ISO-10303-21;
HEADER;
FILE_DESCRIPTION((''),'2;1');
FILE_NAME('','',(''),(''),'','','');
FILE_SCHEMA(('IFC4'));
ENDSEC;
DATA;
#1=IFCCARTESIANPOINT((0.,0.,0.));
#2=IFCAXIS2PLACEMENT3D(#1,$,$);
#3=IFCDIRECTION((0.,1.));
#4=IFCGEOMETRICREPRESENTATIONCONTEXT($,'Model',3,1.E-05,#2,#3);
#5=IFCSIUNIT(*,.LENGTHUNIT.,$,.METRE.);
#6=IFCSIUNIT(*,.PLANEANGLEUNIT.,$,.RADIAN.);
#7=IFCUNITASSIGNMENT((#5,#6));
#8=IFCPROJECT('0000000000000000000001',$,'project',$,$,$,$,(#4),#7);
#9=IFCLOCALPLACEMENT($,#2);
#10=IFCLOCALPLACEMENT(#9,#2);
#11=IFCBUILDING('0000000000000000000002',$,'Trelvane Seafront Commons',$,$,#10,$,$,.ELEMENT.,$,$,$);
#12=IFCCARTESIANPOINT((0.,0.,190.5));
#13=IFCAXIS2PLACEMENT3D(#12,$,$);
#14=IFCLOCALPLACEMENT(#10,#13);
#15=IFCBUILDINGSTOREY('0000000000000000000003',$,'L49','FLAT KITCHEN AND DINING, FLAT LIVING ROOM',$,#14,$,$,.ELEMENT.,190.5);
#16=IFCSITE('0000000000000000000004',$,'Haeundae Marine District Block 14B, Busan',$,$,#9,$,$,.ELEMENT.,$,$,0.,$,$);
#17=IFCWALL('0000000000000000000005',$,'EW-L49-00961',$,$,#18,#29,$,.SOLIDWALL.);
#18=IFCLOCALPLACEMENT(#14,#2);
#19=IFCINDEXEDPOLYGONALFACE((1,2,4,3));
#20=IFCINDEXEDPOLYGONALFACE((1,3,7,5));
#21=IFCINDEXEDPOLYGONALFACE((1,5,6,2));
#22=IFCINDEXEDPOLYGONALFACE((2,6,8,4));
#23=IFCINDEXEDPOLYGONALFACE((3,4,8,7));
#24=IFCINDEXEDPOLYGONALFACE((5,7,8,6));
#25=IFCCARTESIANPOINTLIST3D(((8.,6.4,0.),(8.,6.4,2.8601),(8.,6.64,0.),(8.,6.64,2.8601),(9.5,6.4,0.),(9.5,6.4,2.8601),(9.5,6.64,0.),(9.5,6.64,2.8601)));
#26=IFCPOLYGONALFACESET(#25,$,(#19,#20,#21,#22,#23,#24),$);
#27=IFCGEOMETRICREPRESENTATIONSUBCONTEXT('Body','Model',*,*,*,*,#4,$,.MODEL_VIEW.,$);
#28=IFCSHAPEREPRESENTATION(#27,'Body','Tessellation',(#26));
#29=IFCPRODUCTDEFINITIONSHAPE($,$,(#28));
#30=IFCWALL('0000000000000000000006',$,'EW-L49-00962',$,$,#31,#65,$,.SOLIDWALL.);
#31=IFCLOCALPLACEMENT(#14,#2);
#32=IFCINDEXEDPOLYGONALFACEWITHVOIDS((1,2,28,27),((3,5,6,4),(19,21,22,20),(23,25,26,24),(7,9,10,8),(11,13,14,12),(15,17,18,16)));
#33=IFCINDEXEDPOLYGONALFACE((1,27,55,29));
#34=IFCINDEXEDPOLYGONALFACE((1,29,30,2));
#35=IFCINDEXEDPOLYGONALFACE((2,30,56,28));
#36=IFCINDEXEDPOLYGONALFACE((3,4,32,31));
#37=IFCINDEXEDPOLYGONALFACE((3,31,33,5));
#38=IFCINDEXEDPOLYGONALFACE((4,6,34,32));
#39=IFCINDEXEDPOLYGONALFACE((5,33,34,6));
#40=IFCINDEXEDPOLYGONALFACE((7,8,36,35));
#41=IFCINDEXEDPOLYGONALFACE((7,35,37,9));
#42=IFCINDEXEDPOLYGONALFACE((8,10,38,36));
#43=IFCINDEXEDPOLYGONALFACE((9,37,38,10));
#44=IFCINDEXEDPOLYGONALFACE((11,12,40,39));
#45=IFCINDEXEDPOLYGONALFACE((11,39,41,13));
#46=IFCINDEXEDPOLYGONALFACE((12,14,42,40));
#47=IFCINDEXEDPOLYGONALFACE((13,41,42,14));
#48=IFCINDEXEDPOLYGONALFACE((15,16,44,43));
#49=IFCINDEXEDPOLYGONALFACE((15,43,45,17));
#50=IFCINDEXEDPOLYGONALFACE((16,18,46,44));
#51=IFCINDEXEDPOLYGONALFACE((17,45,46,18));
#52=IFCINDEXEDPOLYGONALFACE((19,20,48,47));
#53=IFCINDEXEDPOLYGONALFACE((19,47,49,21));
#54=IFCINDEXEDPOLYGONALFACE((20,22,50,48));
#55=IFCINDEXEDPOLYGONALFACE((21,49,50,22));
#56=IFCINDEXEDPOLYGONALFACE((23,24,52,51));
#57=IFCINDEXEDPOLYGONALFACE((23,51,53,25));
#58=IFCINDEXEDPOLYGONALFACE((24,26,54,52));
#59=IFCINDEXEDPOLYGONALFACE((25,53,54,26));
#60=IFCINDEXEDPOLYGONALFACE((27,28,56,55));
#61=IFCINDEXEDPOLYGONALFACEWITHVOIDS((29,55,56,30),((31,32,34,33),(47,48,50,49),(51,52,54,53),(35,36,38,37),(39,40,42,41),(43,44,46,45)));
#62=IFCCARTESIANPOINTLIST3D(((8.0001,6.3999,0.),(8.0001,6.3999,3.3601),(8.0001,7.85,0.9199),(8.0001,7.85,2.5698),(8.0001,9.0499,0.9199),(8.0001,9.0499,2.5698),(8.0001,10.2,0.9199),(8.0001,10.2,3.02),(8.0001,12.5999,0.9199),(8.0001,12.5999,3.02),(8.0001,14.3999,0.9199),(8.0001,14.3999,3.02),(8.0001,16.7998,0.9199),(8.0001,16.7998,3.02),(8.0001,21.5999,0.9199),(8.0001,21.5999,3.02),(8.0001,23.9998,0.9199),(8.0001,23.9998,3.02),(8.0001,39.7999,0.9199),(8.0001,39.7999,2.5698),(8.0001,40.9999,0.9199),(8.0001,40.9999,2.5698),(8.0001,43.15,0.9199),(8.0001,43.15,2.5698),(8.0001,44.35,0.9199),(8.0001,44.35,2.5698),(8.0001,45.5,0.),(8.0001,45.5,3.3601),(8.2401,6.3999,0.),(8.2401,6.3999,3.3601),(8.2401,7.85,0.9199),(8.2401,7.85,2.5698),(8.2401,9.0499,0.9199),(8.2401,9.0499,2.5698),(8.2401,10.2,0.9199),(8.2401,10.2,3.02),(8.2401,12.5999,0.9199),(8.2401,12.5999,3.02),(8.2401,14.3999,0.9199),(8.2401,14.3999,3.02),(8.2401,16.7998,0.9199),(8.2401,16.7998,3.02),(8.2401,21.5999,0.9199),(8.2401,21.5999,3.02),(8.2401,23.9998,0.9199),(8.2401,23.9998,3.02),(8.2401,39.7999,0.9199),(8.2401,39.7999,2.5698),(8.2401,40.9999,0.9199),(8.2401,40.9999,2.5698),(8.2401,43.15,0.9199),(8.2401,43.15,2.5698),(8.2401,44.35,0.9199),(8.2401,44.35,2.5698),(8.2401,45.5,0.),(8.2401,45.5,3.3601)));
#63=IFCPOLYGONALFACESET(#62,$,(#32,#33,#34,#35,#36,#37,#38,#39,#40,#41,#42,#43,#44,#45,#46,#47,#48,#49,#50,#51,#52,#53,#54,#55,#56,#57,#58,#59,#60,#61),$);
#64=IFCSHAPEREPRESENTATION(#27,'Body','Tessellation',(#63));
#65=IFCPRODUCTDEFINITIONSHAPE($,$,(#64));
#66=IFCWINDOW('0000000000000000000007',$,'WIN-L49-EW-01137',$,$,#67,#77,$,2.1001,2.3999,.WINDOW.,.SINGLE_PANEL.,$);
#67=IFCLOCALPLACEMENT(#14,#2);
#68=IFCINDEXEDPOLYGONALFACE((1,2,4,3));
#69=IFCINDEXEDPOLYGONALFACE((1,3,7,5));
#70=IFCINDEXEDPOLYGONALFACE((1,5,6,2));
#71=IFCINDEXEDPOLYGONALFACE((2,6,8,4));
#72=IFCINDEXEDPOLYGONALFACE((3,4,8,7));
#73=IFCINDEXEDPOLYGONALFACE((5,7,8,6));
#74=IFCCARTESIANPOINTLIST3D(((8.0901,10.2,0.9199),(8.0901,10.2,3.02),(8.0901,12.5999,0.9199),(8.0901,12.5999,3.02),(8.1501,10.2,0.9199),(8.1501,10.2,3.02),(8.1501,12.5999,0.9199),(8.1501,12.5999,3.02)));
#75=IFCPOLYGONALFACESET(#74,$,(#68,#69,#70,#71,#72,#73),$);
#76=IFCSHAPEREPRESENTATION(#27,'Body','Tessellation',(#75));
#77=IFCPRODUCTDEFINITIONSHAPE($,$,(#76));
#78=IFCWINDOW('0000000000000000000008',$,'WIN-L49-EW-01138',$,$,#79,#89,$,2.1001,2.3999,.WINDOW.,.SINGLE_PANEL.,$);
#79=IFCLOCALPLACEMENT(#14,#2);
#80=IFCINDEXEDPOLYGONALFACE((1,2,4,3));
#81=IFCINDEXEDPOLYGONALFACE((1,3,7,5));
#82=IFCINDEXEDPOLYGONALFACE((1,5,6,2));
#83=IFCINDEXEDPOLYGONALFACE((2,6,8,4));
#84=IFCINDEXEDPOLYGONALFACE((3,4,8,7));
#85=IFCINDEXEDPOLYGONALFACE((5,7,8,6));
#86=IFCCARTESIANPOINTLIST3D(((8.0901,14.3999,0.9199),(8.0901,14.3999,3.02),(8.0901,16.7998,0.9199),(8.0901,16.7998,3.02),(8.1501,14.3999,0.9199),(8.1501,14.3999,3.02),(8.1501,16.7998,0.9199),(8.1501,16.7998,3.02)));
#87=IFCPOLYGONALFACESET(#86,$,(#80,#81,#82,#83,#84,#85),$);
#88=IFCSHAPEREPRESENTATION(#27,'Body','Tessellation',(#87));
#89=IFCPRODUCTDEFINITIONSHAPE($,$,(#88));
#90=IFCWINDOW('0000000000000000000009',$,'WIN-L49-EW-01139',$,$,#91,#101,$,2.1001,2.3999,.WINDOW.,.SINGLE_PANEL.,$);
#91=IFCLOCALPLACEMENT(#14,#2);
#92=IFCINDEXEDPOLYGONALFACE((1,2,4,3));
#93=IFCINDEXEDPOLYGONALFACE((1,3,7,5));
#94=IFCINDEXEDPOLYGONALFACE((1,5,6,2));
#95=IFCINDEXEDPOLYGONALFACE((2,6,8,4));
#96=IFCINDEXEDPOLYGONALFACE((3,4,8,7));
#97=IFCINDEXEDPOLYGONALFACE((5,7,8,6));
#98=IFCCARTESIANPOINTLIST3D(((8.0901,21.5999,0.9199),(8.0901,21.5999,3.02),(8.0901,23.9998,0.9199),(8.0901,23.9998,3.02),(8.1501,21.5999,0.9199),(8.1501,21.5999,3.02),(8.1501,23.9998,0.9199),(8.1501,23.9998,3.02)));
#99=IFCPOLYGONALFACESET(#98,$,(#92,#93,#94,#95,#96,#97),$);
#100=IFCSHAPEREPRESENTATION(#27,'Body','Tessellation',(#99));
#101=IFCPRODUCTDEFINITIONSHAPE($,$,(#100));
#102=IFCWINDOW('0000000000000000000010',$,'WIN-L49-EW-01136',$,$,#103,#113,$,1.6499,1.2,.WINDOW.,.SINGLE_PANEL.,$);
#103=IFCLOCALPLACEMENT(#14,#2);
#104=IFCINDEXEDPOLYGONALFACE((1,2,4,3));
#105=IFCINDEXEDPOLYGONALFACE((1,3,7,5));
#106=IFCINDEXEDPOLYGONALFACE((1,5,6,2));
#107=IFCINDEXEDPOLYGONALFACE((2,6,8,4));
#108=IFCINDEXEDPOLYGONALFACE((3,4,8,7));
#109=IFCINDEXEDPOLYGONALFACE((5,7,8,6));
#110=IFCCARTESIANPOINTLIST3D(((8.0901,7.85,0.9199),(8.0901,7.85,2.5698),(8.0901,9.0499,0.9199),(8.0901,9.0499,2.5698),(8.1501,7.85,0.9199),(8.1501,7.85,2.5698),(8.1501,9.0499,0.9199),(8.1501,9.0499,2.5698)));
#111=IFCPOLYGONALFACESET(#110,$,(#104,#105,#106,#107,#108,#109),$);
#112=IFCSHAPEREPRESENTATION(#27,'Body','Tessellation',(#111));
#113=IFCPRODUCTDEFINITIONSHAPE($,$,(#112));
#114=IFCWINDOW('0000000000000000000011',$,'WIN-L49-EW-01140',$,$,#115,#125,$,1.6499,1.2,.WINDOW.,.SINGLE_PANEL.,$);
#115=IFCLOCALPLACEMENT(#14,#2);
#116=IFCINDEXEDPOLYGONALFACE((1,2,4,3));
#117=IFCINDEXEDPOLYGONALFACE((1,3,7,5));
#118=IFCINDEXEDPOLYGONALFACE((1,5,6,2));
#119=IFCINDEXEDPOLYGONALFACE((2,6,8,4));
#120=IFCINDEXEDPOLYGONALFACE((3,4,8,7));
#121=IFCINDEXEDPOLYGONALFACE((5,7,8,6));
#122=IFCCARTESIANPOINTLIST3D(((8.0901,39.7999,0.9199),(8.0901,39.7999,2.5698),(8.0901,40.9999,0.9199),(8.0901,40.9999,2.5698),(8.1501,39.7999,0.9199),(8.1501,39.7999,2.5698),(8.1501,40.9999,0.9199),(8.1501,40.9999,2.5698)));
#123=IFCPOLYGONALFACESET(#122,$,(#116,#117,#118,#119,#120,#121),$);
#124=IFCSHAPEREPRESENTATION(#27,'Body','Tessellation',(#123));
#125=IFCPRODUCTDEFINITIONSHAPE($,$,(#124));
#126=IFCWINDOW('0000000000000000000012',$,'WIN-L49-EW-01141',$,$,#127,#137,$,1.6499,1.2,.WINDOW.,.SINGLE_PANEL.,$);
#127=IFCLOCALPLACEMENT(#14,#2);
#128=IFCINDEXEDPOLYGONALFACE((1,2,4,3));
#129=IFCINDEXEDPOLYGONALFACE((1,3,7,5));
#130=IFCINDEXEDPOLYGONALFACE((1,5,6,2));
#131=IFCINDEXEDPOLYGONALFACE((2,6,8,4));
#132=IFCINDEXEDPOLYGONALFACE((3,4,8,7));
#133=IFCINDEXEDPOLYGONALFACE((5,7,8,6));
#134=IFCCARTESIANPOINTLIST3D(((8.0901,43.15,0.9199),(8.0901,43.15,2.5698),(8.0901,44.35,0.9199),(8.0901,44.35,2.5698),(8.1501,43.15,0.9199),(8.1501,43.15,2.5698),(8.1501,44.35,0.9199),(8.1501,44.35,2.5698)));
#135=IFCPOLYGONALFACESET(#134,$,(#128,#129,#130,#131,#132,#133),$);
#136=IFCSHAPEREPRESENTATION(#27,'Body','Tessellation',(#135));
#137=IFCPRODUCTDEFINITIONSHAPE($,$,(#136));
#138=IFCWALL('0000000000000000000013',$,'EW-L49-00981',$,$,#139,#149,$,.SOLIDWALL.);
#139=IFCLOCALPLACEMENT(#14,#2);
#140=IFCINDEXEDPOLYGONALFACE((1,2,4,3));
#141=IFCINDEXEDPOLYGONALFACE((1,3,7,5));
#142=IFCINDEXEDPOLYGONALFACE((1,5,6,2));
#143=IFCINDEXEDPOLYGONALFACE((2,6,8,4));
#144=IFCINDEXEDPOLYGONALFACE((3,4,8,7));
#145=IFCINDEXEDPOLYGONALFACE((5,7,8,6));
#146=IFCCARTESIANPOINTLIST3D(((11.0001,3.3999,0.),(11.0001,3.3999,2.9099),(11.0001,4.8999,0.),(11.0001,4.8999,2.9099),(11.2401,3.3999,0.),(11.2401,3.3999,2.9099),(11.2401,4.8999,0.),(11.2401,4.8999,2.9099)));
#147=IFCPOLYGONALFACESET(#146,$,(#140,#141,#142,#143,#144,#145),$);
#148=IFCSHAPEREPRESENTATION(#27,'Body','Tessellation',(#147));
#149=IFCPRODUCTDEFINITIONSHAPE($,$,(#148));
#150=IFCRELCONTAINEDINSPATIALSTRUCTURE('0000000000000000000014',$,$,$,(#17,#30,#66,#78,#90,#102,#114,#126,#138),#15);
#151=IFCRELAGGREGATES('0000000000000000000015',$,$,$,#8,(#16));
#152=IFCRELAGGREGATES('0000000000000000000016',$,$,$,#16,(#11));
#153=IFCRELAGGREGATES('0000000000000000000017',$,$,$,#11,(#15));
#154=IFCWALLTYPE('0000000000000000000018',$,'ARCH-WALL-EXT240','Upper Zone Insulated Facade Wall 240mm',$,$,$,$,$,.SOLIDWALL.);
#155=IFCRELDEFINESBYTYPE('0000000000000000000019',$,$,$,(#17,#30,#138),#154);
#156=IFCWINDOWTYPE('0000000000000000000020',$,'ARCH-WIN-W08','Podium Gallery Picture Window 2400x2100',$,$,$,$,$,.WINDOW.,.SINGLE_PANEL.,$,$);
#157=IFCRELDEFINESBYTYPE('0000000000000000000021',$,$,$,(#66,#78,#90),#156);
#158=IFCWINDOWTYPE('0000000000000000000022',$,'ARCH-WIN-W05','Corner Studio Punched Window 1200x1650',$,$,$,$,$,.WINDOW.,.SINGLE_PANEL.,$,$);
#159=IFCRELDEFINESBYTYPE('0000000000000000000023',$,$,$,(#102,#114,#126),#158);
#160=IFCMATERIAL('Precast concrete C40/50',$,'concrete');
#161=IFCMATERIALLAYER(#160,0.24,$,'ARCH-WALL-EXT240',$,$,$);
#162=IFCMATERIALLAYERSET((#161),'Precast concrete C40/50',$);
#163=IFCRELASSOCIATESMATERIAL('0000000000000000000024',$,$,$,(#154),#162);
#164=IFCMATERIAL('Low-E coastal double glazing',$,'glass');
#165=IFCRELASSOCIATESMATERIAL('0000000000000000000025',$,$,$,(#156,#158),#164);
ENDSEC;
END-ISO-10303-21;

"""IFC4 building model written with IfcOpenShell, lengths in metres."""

from ifc_helpers import new_model, si_unit, direction, frame, frame_2d, origin, place, context, subcontext, project, spatial, rectangle, extrude, source, transform, mapped, material, layer, layer_set, type_object, element, fill, save


model = new_model("IFC4")

# Units and contexts
model_context = context("Model", 3, precision=1e-05, world=origin(), true_north=direction((0.0, 1.0)))
body_context = subcontext(model_context, "Body", "Model", "MODEL_VIEW")
ifc_project = project(units=[si_unit("LENGTHUNIT", "METRE"), si_unit("PLANEANGLEUNIT", "RADIAN")], contexts=[model_context])

# Site, building, storey
site_placement = place(None, origin())
site = spatial("IfcSite", under=ifc_project, at=site_placement, Name="Haeundae Marine District Block 14B, Busan", CompositionType="ELEMENT", RefElevation=0.0)
building_placement = place(site_placement, origin())
building = spatial("IfcBuilding", under=site, at=building_placement, Name="Trelvane Seafront Commons", CompositionType="ELEMENT")
storey_placement = place(building_placement, frame((0.0, 0.0, 190.5)))
storey = spatial("IfcBuildingStorey", under=building, at=storey_placement, Name="L49", Description="FLAT KITCHEN AND DINING, FLAT LIVING ROOM", CompositionType="ELEMENT", Elevation=190.5)

# Wall
ifc_material_1 = material(Name="Precast concrete C40/50", Category="concrete")
ifc_layer_1 = layer(ifc_material_1, 0.24, Name="ARCH-WALL-EXT240")
ifc_layer_set_1 = layer_set([ifc_layer_1], Name="Precast concrete C40/50")
wall_type_1 = type_object("IfcWallType", Name="ARCH-WALL-EXT240", Description="Upper Zone Insulated Facade Wall 240mm", PredefinedType="SOLIDWALL", material=ifc_layer_set_1)
wall_1_placement = place(storey_placement, frame((9.5, 6.52, 0.0), z_axis=(0.0, 0.0, 1.0), x_axis=(-1.0, 0.0, 0.0)))
element("IfcWall", 1, at=wall_1_placement, inside=storey, type_object=wall_type_1, Name="EW-L49-00961", PredefinedType="SOLIDWALL", context=body_context, shape_type="SweptSolid", body=[
    extrude(rectangle(XDim=1.5, YDim=0.24, at=frame_2d((0.75, 0.0))), origin(), (0.0, 0.0, 1.0), 2.8601),
])

# Wall, openings, windows
wall_2_placement = place(storey_placement, frame((8.1201, 6.3999, 0.0), z_axis=(0.0, 0.0, 1.0), x_axis=(0.0, 1.0, 0.0)))
wall_2 = element("IfcWall", 2, at=wall_2_placement, inside=storey, type_object=wall_type_1, Name="EW-L49-00962", PredefinedType="SOLIDWALL", context=body_context, shape_type="SweptSolid", body=[
    extrude(rectangle(XDim=39.1001, YDim=0.24, at=frame_2d((19.55, 0.0))), origin(), (0.0, 0.0, 1.0), 3.3601),
])
opening_1_placement = place(wall_2_placement, frame((1.45, 0.0, 0.9199)))
opening_1 = element("IfcOpeningElement", 3, at=opening_1_placement, cuts=wall_2, PredefinedType="OPENING", context=body_context, shape_type="SweptSolid", body=[
    extrude(rectangle(XDim=1.2, YDim=1.6499, at=frame_2d((0.6001, 0.825))), frame((0.0, 0.1299, 0.0), z_axis=(0.0, -1.0, 0.0), x_axis=(1.0, 0.0, 0.0)), (0.0, 0.0, 1.0), 0.26),
])
opening_2_placement = place(wall_2_placement, frame((3.8, 0.0, 0.9199)))
opening_2 = element("IfcOpeningElement", 4, at=opening_2_placement, cuts=wall_2, PredefinedType="OPENING", context=body_context, shape_type="SweptSolid", body=[
    extrude(rectangle(XDim=2.3999, YDim=2.1001, at=frame_2d((1.2, 1.05))), frame((0.0, 0.1299, 0.0), z_axis=(0.0, -1.0, 0.0), x_axis=(1.0, 0.0, 0.0)), (0.0, 0.0, 1.0), 0.26),
])
opening_3_placement = place(wall_2_placement, frame((8.0, 0.0, 0.9199)))
opening_3 = element("IfcOpeningElement", 5, at=opening_3_placement, cuts=wall_2, PredefinedType="OPENING", context=body_context, shape_type="SweptSolid", body=[
    extrude(rectangle(XDim=2.3999, YDim=2.1001, at=frame_2d((1.2, 1.05))), frame((0.0, 0.1299, 0.0), z_axis=(0.0, -1.0, 0.0), x_axis=(1.0, 0.0, 0.0)), (0.0, 0.0, 1.0), 0.26),
])
opening_4_placement = place(wall_2_placement, frame((15.2, 0.0, 0.9199)))
opening_4 = element("IfcOpeningElement", 6, at=opening_4_placement, cuts=wall_2, PredefinedType="OPENING", context=body_context, shape_type="SweptSolid", body=[
    extrude(rectangle(XDim=2.3999, YDim=2.1001, at=frame_2d((1.2, 1.05))), frame((0.0, 0.1299, 0.0), z_axis=(0.0, -1.0, 0.0), x_axis=(1.0, 0.0, 0.0)), (0.0, 0.0, 1.0), 0.26),
])
opening_5_placement = place(wall_2_placement, frame((33.3999, 0.0, 0.9199)))
opening_5 = element("IfcOpeningElement", 7, at=opening_5_placement, cuts=wall_2, PredefinedType="OPENING", context=body_context, shape_type="SweptSolid", body=[
    extrude(rectangle(XDim=1.2, YDim=1.6499, at=frame_2d((0.6001, 0.825))), frame((0.0, 0.1299, 0.0), z_axis=(0.0, -1.0, 0.0), x_axis=(1.0, 0.0, 0.0)), (0.0, 0.0, 1.0), 0.26),
])
opening_6_placement = place(wall_2_placement, frame((36.75, 0.0, 0.9199)))
opening_6 = element("IfcOpeningElement", 8, at=opening_6_placement, cuts=wall_2, PredefinedType="OPENING", context=body_context, shape_type="SweptSolid", body=[
    extrude(rectangle(XDim=1.2, YDim=1.6499, at=frame_2d((0.6001, 0.825))), frame((0.0, 0.1299, 0.0), z_axis=(0.0, -1.0, 0.0), x_axis=(1.0, 0.0, 0.0)), (0.0, 0.0, 1.0), 0.26),
])
ifc_material_2 = material(Name="Low-E coastal double glazing", Category="glass")
window_type_1 = type_object("IfcWindowType", Name="ARCH-WIN-W08", Description="Podium Gallery Picture Window 2400x2100", PartitioningType="SINGLE_PANEL", PredefinedType="WINDOW", material=ifc_material_2)
shared_shape_1 = source(origin(), body_context, "Body", "SweptSolid", [
    extrude(rectangle(XDim=2.3999, YDim=2.1001, at=frame_2d((1.2, 1.05))), frame((0.0, 0.03, 0.0), z_axis=(0.0, -1.0, 0.0), x_axis=(1.0, 0.0, 0.0)), (0.0, 0.0, 1.0), 0.0601),
])
window_1_placement = place(opening_2_placement, origin())
window_1 = element("IfcWindow", 9, at=window_1_placement, inside=storey, type_object=window_type_1, Name="WIN-L49-EW-01137", OverallHeight=2.1001, OverallWidth=2.3999, PartitioningType="SINGLE_PANEL", PredefinedType="WINDOW", context=body_context, shape_type="MappedRepresentation", body=[
    mapped(shared_shape_1, transform((0.0, 0.0, 0.0), x_axis=(1.0, 0.0, 0.0), y_axis=(0.0, 1.0, 0.0), z_axis=(0.0, 0.0, 1.0), scale=1.0)),
])
fill(opening_2, window_1)
window_2_placement = place(opening_3_placement, origin())
window_2 = element("IfcWindow", 10, at=window_2_placement, inside=storey, type_object=window_type_1, Name="WIN-L49-EW-01138", OverallHeight=2.1001, OverallWidth=2.3999, PartitioningType="SINGLE_PANEL", PredefinedType="WINDOW", context=body_context, shape_type="MappedRepresentation", body=[
    mapped(shared_shape_1, transform((0.0, 0.0, 0.0), x_axis=(1.0, 0.0, 0.0), y_axis=(0.0, 1.0, 0.0), z_axis=(0.0, 0.0, 1.0), scale=1.0)),
])
fill(opening_3, window_2)
window_3_placement = place(opening_4_placement, origin())
window_3 = element("IfcWindow", 11, at=window_3_placement, inside=storey, type_object=window_type_1, Name="WIN-L49-EW-01139", OverallHeight=2.1001, OverallWidth=2.3999, PartitioningType="SINGLE_PANEL", PredefinedType="WINDOW", context=body_context, shape_type="MappedRepresentation", body=[
    mapped(shared_shape_1, transform((0.0, 0.0, 0.0), x_axis=(1.0, 0.0, 0.0), y_axis=(0.0, 1.0, 0.0), z_axis=(0.0, 0.0, 1.0), scale=1.0)),
])
fill(opening_4, window_3)
window_type_2 = type_object("IfcWindowType", Name="ARCH-WIN-W05", Description="Corner Studio Punched Window 1200x1650", PartitioningType="SINGLE_PANEL", PredefinedType="WINDOW", material=ifc_material_2)
shared_shape_2 = source(origin(), body_context, "Body", "SweptSolid", [
    extrude(rectangle(XDim=1.2, YDim=1.6499, at=frame_2d((0.6001, 0.825))), frame((0.0, 0.03, 0.0), z_axis=(0.0, -1.0, 0.0), x_axis=(1.0, 0.0, 0.0)), (0.0, 0.0, 1.0), 0.0601),
])
window_4_placement = place(opening_1_placement, origin())
window_4 = element("IfcWindow", 12, at=window_4_placement, inside=storey, type_object=window_type_2, Name="WIN-L49-EW-01136", OverallHeight=1.6499, OverallWidth=1.2, PartitioningType="SINGLE_PANEL", PredefinedType="WINDOW", context=body_context, shape_type="MappedRepresentation", body=[
    mapped(shared_shape_2, transform((0.0, 0.0, 0.0), x_axis=(1.0, 0.0, 0.0), y_axis=(0.0, 1.0, 0.0), z_axis=(0.0, 0.0, 1.0), scale=1.0)),
])
fill(opening_1, window_4)
window_5_placement = place(opening_5_placement, origin())
window_5 = element("IfcWindow", 13, at=window_5_placement, inside=storey, type_object=window_type_2, Name="WIN-L49-EW-01140", OverallHeight=1.6499, OverallWidth=1.2, PartitioningType="SINGLE_PANEL", PredefinedType="WINDOW", context=body_context, shape_type="MappedRepresentation", body=[
    mapped(shared_shape_2, transform((0.0, 0.0, 0.0), x_axis=(1.0, 0.0, 0.0), y_axis=(0.0, 1.0, 0.0), z_axis=(0.0, 0.0, 1.0), scale=1.0)),
])
fill(opening_5, window_5)
window_6_placement = place(opening_6_placement, origin())
window_6 = element("IfcWindow", 14, at=window_6_placement, inside=storey, type_object=window_type_2, Name="WIN-L49-EW-01141", OverallHeight=1.6499, OverallWidth=1.2, PartitioningType="SINGLE_PANEL", PredefinedType="WINDOW", context=body_context, shape_type="MappedRepresentation", body=[
    mapped(shared_shape_2, transform((0.0, 0.0, 0.0), x_axis=(1.0, 0.0, 0.0), y_axis=(0.0, 1.0, 0.0), z_axis=(0.0, 0.0, 1.0), scale=1.0)),
])
fill(opening_6, window_6)

# Wall
wall_3_placement = place(storey_placement, frame((11.1201, 3.3999, 0.0), z_axis=(0.0, 0.0, 1.0), x_axis=(0.0, 1.0, 0.0)))
element("IfcWall", 15, at=wall_3_placement, inside=storey, type_object=wall_type_1, Name="EW-L49-00981", PredefinedType="SOLIDWALL", context=body_context, shape_type="SweptSolid", body=[
    extrude(rectangle(XDim=1.5, YDim=0.24, at=frame_2d((0.75, 0.0))), origin(), (0.0, 0.0, 1.0), 2.9099),
])

save(model, "model.ifc")
